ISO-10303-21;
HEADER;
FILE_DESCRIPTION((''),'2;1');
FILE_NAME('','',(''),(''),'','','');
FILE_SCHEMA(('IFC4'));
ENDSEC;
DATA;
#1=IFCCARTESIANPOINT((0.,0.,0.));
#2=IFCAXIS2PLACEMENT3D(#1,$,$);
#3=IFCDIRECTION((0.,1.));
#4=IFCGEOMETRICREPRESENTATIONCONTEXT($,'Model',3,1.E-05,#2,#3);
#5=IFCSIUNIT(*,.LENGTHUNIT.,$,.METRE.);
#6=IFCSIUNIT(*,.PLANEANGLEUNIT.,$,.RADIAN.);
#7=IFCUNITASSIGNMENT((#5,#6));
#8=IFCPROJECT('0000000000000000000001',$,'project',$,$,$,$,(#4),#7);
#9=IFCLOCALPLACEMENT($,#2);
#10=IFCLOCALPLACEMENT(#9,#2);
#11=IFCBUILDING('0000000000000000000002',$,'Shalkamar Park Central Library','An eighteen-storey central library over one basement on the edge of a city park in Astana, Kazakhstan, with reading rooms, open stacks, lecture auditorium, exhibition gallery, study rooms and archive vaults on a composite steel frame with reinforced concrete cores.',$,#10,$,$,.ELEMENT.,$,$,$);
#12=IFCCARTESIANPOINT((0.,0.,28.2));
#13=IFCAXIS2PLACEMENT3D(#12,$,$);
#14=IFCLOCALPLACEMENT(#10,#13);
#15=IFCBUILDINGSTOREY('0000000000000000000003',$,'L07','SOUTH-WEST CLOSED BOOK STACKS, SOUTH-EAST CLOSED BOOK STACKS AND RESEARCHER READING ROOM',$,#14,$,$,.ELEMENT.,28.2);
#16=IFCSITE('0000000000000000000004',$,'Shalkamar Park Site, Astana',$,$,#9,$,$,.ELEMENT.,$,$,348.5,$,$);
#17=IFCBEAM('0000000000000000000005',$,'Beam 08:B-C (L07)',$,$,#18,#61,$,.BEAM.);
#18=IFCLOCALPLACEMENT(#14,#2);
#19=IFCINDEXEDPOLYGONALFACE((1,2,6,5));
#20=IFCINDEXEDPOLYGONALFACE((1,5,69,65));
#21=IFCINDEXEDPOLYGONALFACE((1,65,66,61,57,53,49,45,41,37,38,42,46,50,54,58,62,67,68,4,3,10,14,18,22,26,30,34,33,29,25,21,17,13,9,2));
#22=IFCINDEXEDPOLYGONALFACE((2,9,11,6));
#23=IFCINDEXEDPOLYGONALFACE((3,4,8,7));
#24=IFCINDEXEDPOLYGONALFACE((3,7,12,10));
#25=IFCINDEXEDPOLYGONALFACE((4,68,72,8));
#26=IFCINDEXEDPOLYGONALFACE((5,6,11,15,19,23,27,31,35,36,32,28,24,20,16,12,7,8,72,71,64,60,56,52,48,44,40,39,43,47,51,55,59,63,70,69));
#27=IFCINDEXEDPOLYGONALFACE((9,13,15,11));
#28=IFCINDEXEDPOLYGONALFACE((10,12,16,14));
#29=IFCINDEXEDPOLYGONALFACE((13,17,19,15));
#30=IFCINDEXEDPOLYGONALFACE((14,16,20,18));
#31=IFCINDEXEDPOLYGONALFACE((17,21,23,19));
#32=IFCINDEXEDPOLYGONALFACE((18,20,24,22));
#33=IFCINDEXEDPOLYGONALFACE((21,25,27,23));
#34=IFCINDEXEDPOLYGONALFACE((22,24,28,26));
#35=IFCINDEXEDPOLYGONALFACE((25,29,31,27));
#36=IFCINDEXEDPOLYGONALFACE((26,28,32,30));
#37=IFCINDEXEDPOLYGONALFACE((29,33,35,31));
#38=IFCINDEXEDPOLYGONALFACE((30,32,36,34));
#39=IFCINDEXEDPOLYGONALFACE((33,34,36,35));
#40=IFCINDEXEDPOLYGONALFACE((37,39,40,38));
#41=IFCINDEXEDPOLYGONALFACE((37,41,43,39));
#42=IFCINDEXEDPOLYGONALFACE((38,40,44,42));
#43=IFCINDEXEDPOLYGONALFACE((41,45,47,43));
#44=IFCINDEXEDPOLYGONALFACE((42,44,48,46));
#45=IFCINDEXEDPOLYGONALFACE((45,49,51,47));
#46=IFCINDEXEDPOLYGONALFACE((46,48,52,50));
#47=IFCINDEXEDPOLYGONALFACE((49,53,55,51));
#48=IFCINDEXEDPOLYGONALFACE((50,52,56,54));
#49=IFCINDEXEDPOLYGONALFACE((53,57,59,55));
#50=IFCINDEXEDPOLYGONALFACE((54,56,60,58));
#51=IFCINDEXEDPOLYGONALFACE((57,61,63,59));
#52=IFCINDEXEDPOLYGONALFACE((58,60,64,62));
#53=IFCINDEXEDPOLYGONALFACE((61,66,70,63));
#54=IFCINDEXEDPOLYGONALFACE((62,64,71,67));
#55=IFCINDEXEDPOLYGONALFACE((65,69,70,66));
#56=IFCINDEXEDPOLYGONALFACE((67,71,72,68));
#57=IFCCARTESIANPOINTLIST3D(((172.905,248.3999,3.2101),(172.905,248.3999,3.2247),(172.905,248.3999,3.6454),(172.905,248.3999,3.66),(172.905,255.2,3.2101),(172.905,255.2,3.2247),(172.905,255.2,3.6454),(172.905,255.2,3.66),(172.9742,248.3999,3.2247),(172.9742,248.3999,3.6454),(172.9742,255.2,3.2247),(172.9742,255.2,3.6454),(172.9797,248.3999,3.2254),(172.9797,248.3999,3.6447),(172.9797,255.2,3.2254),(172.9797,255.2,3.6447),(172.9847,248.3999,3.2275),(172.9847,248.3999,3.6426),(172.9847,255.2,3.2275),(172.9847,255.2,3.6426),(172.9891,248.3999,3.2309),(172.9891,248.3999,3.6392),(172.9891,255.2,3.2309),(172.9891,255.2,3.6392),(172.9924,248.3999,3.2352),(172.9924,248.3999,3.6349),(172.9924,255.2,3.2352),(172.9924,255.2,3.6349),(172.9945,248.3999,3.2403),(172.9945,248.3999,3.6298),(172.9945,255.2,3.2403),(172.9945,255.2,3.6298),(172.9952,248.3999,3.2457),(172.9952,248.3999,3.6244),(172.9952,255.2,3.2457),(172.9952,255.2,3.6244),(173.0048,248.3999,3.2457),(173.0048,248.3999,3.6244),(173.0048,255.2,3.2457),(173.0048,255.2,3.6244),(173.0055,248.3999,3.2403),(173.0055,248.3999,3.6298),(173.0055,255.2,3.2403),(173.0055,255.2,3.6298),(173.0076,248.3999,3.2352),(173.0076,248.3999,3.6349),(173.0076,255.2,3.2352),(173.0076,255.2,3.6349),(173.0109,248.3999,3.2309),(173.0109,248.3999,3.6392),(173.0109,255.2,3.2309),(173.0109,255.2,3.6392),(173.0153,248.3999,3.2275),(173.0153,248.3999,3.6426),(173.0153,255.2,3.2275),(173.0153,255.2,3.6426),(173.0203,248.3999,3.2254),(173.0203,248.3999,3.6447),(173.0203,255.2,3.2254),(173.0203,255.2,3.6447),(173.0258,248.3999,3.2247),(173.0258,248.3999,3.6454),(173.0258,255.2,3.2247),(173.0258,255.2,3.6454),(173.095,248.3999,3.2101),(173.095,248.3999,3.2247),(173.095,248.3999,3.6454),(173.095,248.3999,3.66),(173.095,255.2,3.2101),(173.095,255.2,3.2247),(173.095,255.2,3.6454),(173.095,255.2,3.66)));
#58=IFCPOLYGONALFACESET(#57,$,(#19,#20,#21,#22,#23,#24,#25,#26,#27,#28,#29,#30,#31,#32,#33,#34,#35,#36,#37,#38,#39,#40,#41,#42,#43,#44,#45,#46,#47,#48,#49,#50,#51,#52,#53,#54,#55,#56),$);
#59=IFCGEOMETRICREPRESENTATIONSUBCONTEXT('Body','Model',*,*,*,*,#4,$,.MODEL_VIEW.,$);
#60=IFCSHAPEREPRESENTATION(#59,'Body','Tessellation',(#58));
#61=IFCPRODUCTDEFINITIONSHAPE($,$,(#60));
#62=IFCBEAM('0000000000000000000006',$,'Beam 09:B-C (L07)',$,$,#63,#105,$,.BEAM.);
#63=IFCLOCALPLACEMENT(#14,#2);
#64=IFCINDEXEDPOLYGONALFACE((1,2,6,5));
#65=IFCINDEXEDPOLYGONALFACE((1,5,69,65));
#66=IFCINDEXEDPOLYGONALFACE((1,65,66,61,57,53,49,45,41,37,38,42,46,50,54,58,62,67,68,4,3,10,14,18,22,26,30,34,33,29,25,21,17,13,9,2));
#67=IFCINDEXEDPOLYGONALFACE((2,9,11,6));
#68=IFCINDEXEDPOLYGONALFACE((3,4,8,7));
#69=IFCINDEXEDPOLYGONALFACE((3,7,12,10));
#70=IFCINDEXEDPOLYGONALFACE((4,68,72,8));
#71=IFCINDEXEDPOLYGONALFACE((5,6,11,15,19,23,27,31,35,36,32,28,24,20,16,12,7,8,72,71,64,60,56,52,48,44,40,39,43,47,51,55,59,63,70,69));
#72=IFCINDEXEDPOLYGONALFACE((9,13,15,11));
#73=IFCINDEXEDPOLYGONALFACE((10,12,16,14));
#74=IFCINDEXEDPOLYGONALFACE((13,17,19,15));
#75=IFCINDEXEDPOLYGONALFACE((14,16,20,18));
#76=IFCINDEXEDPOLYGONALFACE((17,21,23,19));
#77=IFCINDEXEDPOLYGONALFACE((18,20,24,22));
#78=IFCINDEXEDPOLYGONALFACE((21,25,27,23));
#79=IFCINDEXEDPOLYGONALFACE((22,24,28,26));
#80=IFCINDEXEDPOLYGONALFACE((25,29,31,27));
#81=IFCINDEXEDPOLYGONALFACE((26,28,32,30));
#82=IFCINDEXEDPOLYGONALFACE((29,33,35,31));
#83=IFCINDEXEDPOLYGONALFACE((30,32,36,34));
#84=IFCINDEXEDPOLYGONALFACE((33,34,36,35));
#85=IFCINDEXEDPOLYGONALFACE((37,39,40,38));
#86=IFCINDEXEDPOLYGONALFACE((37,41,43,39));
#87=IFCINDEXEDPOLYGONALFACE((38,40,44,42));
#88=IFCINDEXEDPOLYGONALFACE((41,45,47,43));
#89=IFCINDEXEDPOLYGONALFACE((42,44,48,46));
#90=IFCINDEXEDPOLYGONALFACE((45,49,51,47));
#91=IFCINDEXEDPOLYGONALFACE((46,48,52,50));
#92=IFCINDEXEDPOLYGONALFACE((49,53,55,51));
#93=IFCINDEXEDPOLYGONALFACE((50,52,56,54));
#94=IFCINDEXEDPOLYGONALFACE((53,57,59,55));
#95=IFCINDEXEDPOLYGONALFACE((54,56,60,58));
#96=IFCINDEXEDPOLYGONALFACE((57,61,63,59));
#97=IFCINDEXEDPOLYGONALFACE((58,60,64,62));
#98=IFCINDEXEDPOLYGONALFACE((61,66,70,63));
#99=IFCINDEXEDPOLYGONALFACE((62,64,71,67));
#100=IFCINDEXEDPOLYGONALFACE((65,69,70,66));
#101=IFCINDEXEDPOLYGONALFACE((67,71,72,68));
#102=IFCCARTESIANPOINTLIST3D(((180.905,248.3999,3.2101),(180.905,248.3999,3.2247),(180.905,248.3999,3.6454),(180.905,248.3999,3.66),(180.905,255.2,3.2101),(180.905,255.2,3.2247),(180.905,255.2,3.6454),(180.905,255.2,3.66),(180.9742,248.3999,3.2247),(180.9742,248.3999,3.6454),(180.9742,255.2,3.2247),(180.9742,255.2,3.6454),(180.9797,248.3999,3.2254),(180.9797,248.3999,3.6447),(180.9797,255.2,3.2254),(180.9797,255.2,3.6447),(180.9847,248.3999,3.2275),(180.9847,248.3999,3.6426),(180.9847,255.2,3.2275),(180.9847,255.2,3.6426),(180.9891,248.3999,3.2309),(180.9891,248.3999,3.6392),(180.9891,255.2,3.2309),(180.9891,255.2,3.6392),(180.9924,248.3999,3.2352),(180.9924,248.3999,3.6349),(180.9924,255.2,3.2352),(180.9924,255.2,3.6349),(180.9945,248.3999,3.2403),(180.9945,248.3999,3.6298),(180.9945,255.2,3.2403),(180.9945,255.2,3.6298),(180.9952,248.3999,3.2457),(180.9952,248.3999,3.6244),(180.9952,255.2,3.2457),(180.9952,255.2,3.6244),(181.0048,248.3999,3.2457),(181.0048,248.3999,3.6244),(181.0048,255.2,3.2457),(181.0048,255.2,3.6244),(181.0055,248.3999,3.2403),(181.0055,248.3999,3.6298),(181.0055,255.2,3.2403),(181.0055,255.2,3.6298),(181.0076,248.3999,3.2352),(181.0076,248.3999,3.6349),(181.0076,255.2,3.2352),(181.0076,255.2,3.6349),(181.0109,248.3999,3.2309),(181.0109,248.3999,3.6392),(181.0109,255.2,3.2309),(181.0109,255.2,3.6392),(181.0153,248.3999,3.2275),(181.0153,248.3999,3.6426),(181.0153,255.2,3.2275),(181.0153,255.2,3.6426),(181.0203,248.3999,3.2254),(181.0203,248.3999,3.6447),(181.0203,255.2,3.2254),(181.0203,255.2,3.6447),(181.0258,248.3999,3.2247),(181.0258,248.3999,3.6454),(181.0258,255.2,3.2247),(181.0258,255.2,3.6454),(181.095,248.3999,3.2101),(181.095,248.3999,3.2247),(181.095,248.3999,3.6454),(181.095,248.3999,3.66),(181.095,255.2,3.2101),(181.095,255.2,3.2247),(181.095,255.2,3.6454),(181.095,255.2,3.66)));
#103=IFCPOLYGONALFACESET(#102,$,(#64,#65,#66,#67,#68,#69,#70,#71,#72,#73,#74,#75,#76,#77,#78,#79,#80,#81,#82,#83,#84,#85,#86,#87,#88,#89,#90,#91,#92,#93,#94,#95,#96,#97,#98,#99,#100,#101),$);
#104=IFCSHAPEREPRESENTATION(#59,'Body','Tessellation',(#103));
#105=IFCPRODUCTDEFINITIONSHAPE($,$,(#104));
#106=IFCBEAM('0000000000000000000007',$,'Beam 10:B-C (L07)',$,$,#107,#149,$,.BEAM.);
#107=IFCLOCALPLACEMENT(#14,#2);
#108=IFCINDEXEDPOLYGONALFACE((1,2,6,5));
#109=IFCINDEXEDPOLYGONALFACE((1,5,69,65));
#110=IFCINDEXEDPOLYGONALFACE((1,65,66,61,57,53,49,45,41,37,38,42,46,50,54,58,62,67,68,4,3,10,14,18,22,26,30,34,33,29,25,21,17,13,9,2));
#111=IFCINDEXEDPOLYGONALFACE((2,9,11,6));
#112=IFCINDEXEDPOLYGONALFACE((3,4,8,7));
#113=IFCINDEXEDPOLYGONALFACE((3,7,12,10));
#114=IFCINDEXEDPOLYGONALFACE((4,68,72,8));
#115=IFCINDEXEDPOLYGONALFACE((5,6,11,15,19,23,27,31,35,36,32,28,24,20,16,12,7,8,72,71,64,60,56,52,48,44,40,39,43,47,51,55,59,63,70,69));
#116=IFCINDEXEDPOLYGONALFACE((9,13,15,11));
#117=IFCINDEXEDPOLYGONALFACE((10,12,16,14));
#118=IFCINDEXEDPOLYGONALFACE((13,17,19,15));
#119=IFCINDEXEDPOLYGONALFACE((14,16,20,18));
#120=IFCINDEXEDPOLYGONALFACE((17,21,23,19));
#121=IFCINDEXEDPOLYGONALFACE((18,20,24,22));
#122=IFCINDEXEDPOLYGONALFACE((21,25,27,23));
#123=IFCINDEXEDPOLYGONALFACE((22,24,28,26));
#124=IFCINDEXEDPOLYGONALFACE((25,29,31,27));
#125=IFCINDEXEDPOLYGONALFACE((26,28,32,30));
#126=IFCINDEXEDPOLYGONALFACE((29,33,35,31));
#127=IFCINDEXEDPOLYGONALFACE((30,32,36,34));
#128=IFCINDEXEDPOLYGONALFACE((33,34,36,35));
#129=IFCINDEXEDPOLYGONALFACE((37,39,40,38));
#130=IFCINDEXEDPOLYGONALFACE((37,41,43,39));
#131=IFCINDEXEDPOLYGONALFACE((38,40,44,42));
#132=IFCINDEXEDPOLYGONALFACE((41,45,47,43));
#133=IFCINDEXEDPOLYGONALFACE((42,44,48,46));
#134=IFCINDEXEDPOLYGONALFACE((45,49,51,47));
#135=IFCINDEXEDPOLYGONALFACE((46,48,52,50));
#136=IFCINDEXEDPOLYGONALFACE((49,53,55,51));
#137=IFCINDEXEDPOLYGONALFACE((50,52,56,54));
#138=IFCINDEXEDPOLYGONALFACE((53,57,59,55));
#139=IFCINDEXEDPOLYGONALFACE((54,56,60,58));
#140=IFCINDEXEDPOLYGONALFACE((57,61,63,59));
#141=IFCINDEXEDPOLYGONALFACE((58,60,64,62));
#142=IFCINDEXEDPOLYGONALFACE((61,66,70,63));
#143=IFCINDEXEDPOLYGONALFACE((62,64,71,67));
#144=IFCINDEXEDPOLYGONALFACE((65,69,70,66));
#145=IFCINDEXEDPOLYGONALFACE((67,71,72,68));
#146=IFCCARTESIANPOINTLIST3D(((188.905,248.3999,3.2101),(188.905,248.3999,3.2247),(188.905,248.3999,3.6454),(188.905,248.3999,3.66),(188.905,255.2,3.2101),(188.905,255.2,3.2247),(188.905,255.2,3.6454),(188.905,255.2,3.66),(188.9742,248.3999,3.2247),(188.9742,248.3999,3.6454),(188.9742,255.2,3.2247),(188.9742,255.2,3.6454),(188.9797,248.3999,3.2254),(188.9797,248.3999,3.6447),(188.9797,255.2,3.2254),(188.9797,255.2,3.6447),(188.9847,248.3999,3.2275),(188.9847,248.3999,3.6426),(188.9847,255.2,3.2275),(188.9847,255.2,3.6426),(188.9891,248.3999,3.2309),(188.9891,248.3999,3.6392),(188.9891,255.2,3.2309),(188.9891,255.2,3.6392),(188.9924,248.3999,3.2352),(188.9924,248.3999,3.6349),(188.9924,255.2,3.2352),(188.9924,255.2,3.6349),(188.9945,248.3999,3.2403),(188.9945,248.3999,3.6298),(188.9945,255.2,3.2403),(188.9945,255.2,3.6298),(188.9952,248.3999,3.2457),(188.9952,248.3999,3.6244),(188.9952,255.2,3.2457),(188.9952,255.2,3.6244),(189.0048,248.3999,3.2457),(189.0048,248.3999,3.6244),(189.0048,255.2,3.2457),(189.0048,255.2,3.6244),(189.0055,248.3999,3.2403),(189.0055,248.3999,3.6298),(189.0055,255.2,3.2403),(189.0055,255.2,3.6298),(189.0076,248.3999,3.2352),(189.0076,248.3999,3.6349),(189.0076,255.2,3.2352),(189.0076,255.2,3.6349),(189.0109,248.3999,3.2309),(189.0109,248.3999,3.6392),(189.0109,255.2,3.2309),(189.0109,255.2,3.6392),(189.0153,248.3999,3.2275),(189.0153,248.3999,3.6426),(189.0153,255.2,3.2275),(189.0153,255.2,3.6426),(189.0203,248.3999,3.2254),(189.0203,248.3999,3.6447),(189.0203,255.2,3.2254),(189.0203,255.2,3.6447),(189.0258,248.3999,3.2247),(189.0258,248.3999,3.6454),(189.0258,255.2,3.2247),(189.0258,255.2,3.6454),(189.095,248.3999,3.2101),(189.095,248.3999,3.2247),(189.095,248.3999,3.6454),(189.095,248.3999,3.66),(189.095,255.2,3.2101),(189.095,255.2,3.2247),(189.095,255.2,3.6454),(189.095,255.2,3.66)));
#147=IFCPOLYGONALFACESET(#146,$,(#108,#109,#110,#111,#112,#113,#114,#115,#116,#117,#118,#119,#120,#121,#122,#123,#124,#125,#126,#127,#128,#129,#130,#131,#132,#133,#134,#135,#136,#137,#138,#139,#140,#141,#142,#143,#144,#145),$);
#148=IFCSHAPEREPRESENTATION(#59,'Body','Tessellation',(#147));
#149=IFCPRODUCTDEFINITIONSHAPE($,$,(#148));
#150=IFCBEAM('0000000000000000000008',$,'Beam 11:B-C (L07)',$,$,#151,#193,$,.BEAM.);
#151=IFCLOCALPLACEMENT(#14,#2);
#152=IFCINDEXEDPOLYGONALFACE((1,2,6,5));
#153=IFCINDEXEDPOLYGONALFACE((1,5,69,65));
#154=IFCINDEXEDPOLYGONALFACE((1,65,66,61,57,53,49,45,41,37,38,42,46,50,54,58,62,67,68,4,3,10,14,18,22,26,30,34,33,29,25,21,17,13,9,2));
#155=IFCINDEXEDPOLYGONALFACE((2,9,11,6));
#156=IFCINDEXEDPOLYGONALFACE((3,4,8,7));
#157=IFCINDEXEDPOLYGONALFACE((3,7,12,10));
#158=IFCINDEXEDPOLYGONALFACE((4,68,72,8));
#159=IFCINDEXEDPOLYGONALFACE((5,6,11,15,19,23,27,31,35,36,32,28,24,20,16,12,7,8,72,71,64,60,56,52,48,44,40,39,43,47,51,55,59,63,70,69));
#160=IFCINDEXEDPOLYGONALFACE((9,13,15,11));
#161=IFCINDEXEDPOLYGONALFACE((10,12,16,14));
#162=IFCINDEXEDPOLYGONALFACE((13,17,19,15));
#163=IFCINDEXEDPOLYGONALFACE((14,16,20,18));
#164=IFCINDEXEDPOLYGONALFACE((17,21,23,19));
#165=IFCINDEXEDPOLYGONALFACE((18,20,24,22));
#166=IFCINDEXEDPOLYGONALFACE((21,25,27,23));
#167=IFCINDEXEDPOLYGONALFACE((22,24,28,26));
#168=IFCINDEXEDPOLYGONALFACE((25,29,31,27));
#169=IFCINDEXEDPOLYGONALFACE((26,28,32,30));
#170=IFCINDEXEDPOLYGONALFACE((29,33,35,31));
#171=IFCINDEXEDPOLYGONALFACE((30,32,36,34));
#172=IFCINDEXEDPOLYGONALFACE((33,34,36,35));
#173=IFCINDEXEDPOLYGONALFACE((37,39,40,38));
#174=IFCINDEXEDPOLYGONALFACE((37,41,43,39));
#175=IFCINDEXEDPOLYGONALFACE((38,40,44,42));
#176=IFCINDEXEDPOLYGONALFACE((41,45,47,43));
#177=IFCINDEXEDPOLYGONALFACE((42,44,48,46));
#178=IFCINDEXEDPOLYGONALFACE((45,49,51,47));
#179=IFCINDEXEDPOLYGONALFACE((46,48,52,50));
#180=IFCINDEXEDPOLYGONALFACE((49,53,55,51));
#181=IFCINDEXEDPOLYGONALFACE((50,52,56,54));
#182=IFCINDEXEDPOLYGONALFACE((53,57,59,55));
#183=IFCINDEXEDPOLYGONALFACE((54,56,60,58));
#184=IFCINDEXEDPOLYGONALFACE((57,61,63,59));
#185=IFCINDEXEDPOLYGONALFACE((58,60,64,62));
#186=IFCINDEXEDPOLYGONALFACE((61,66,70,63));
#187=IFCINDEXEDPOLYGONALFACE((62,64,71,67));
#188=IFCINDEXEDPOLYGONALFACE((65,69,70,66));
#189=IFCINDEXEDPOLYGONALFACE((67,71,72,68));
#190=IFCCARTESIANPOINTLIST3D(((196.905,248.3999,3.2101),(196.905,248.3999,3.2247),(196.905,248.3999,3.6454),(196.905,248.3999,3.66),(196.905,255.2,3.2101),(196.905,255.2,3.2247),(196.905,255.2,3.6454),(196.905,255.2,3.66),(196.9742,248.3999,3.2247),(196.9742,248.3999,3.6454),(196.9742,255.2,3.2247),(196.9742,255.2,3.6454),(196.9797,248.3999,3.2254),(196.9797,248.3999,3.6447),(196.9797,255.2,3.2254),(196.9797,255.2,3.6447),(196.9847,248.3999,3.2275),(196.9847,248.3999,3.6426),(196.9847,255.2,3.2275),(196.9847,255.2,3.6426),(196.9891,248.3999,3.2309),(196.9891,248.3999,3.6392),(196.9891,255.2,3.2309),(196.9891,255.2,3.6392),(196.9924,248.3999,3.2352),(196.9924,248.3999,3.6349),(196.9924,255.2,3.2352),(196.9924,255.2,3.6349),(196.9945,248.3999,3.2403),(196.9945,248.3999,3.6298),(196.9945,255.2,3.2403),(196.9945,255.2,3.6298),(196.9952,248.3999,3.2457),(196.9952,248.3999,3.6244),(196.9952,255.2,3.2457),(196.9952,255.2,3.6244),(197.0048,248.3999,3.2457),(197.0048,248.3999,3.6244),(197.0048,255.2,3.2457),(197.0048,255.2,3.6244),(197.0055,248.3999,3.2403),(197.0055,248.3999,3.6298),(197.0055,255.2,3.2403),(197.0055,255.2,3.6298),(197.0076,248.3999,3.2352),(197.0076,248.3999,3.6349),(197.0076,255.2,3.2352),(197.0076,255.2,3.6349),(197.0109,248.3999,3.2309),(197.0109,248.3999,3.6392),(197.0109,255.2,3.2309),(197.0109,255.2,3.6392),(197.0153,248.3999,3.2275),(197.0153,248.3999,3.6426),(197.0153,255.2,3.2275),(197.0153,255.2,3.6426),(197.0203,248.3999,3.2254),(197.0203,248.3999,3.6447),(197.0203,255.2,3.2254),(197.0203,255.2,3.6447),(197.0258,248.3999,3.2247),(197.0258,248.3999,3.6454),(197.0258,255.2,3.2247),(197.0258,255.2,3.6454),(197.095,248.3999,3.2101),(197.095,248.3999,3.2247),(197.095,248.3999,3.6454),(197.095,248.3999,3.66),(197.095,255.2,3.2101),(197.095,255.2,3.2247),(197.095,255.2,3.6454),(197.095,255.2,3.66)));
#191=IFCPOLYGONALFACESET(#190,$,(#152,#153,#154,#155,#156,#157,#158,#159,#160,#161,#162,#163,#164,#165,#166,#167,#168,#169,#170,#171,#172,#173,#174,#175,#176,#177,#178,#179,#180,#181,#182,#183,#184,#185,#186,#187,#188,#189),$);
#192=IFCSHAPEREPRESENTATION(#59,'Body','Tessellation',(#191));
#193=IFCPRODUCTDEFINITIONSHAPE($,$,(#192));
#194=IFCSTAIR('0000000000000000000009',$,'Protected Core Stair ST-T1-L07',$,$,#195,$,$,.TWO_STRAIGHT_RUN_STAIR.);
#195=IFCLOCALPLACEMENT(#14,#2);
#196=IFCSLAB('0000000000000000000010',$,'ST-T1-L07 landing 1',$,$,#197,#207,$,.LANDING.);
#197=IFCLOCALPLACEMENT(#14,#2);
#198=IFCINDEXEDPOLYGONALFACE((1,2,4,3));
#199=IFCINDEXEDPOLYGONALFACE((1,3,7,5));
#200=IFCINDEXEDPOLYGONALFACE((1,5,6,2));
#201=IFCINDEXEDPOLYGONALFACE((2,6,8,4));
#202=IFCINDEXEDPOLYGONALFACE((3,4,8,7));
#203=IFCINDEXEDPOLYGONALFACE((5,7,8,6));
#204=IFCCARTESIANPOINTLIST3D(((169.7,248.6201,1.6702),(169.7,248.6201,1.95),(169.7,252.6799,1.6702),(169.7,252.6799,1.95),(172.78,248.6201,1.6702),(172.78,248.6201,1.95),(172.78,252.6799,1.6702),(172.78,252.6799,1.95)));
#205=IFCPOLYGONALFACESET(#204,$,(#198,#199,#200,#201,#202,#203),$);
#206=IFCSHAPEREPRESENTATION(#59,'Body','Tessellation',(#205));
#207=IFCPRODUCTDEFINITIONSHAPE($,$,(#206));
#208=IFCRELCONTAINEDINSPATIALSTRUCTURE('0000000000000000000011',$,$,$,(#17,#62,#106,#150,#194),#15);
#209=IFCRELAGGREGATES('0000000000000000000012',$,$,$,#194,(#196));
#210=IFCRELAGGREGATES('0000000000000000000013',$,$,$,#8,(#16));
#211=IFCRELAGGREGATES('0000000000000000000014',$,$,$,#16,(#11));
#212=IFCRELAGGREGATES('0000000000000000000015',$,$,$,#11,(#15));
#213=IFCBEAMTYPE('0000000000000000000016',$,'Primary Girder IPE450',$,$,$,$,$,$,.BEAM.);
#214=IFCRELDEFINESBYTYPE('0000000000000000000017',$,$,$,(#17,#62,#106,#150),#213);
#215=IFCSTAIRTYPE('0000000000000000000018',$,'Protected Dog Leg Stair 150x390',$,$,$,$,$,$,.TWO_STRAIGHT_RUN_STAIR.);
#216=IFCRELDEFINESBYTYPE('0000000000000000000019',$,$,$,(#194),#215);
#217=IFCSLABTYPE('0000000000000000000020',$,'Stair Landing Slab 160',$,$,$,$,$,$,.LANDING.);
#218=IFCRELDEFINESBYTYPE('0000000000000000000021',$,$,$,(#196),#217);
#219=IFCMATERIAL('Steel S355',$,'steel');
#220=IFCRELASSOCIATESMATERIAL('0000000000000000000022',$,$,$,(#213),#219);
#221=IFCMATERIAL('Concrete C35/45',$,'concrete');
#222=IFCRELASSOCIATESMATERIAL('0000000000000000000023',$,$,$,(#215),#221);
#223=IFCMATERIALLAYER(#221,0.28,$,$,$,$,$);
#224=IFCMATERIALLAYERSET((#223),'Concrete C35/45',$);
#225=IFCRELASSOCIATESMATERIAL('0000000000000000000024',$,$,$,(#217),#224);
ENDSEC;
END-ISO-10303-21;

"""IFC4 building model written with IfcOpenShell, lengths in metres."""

from ifc_helpers import new_model, si_unit, direction, frame, origin, origin_2d, place, context, subcontext, project, spatial, polyline, i_section, outline, extrude, material, layer, layer_set, material_profile, profile_set, type_object, element, aggregate, save


model = new_model("IFC4")

# Units and contexts
model_context = context("Model", 3, precision=1e-05, world=origin(), true_north=direction((0.0, 1.0)))
body_context = subcontext(model_context, "Body", "Model", "MODEL_VIEW")
ifc_project = project(units=[si_unit("LENGTHUNIT", "METRE"), si_unit("PLANEANGLEUNIT", "RADIAN")], contexts=[model_context])

# Site, building, storey
site_placement = place(None, origin())
site = spatial("IfcSite", under=ifc_project, at=site_placement, Name="Shalkamar Park Site, Astana", CompositionType="ELEMENT", RefElevation=348.5)
building_placement = place(site_placement, origin())
building = spatial("IfcBuilding", under=site, at=building_placement, Name="Shalkamar Park Central Library", Description="An eighteen-storey central library over one basement on the edge of a city park in Astana, Kazakhstan, with reading rooms, open stacks, lecture auditorium, exhibition gallery, study rooms and archive vaults on a composite steel frame with reinforced concrete cores.", CompositionType="ELEMENT")
storey_placement = place(building_placement, frame((0.0, 0.0, 28.2)))
storey = spatial("IfcBuildingStorey", under=building, at=storey_placement, Name="L07", Description="SOUTH-WEST CLOSED BOOK STACKS, SOUTH-EAST CLOSED BOOK STACKS AND RESEARCHER READING ROOM", CompositionType="ELEMENT", Elevation=28.2)

# Shared definitions
ifc_material_1 = material(Name="Steel S355", Category="steel")

# Beams
ifc_material_profile_1 = material_profile(ifc_material_1, i_section(OverallWidth=0.1899, OverallDepth=0.45, WebThickness=0.0095, FlangeThickness=0.0146, FilletRadius=0.021, at=origin_2d()), Name="IPE 450")
ifc_profile_set_1 = profile_set([ifc_material_profile_1], Name="Steel S355")
beam_type_1 = type_object("IfcBeamType", Name="Primary Girder IPE450", PredefinedType="BEAM", material=ifc_profile_set_1)
for number, where, z_axis, x_axis, name in (
    (1, (173.0, 248.3999, 3.4351), (0.0, 1.0, 0.0), (-1.0, 0.0, 0.0), "Beam 08:B-C (L07)"),
    (2, (181.0, 248.3999, 3.4351), (0.0, 1.0, 0.0), (-1.0, 0.0, 0.0), "Beam 09:B-C (L07)"),
    (3, (189.0, 248.3999, 3.4351), (0.0, 1.0, 0.0), (-1.0, 0.0, 0.0), "Beam 10:B-C (L07)"),
    (4, (197.0, 248.3999, 3.4351), (0.0, 1.0, 0.0), (-1.0, 0.0, 0.0), "Beam 11:B-C (L07)"),
):
    element("IfcBeam", number, at=place(storey_placement, frame(where, z_axis=z_axis, x_axis=x_axis)), inside=storey, type_object=beam_type_1, Name=name, PredefinedType="BEAM", context=body_context, shape_type="SweptSolid", body=[
        extrude(i_section(OverallWidth=0.1899, OverallDepth=0.45, WebThickness=0.0095, FlangeThickness=0.0146, FilletRadius=0.021, at=origin_2d()), origin(), (0.0, 0.0, 1.0), 6.8),
    ])

# Stair, slab
ifc_material_2 = material(Name="Concrete C35/45", Category="concrete")
stair_type = type_object("IfcStairType", Name="Protected Dog Leg Stair 150x390", PredefinedType="TWO_STRAIGHT_RUN_STAIR", material=ifc_material_2)
stair_1_placement = place(storey_placement, origin())
stair_1 = element("IfcStair", 5, at=stair_1_placement, inside=storey, type_object=stair_type, Name="Protected Core Stair ST-T1-L07", PredefinedType="TWO_STRAIGHT_RUN_STAIR")
ifc_layer_1 = layer(ifc_material_2, 0.28)
ifc_layer_set_1 = layer_set([ifc_layer_1], Name="Concrete C35/45")
slab_type_1 = type_object("IfcSlabType", Name="Stair Landing Slab 160", PredefinedType="LANDING", material=ifc_layer_set_1)
slab_1_placement = place(storey_placement, frame((0.0, 0.0, 1.6702)))
slab_1 = element("IfcSlab", 6, at=slab_1_placement, type_object=slab_type_1, Name="ST-T1-L07 landing 1", PredefinedType="LANDING", context=body_context, shape_type="SweptSolid", body=[
    extrude(outline(polyline([(169.7, 248.6201), (172.78, 248.6201), (172.78, 252.6799), (169.7, 252.6799), (169.7, 248.6201)])), origin(), (0.0, 0.0, 1.0), 0.2798),
])
aggregate(stair_1, [slab_1])

save(model, "model.ifc")
